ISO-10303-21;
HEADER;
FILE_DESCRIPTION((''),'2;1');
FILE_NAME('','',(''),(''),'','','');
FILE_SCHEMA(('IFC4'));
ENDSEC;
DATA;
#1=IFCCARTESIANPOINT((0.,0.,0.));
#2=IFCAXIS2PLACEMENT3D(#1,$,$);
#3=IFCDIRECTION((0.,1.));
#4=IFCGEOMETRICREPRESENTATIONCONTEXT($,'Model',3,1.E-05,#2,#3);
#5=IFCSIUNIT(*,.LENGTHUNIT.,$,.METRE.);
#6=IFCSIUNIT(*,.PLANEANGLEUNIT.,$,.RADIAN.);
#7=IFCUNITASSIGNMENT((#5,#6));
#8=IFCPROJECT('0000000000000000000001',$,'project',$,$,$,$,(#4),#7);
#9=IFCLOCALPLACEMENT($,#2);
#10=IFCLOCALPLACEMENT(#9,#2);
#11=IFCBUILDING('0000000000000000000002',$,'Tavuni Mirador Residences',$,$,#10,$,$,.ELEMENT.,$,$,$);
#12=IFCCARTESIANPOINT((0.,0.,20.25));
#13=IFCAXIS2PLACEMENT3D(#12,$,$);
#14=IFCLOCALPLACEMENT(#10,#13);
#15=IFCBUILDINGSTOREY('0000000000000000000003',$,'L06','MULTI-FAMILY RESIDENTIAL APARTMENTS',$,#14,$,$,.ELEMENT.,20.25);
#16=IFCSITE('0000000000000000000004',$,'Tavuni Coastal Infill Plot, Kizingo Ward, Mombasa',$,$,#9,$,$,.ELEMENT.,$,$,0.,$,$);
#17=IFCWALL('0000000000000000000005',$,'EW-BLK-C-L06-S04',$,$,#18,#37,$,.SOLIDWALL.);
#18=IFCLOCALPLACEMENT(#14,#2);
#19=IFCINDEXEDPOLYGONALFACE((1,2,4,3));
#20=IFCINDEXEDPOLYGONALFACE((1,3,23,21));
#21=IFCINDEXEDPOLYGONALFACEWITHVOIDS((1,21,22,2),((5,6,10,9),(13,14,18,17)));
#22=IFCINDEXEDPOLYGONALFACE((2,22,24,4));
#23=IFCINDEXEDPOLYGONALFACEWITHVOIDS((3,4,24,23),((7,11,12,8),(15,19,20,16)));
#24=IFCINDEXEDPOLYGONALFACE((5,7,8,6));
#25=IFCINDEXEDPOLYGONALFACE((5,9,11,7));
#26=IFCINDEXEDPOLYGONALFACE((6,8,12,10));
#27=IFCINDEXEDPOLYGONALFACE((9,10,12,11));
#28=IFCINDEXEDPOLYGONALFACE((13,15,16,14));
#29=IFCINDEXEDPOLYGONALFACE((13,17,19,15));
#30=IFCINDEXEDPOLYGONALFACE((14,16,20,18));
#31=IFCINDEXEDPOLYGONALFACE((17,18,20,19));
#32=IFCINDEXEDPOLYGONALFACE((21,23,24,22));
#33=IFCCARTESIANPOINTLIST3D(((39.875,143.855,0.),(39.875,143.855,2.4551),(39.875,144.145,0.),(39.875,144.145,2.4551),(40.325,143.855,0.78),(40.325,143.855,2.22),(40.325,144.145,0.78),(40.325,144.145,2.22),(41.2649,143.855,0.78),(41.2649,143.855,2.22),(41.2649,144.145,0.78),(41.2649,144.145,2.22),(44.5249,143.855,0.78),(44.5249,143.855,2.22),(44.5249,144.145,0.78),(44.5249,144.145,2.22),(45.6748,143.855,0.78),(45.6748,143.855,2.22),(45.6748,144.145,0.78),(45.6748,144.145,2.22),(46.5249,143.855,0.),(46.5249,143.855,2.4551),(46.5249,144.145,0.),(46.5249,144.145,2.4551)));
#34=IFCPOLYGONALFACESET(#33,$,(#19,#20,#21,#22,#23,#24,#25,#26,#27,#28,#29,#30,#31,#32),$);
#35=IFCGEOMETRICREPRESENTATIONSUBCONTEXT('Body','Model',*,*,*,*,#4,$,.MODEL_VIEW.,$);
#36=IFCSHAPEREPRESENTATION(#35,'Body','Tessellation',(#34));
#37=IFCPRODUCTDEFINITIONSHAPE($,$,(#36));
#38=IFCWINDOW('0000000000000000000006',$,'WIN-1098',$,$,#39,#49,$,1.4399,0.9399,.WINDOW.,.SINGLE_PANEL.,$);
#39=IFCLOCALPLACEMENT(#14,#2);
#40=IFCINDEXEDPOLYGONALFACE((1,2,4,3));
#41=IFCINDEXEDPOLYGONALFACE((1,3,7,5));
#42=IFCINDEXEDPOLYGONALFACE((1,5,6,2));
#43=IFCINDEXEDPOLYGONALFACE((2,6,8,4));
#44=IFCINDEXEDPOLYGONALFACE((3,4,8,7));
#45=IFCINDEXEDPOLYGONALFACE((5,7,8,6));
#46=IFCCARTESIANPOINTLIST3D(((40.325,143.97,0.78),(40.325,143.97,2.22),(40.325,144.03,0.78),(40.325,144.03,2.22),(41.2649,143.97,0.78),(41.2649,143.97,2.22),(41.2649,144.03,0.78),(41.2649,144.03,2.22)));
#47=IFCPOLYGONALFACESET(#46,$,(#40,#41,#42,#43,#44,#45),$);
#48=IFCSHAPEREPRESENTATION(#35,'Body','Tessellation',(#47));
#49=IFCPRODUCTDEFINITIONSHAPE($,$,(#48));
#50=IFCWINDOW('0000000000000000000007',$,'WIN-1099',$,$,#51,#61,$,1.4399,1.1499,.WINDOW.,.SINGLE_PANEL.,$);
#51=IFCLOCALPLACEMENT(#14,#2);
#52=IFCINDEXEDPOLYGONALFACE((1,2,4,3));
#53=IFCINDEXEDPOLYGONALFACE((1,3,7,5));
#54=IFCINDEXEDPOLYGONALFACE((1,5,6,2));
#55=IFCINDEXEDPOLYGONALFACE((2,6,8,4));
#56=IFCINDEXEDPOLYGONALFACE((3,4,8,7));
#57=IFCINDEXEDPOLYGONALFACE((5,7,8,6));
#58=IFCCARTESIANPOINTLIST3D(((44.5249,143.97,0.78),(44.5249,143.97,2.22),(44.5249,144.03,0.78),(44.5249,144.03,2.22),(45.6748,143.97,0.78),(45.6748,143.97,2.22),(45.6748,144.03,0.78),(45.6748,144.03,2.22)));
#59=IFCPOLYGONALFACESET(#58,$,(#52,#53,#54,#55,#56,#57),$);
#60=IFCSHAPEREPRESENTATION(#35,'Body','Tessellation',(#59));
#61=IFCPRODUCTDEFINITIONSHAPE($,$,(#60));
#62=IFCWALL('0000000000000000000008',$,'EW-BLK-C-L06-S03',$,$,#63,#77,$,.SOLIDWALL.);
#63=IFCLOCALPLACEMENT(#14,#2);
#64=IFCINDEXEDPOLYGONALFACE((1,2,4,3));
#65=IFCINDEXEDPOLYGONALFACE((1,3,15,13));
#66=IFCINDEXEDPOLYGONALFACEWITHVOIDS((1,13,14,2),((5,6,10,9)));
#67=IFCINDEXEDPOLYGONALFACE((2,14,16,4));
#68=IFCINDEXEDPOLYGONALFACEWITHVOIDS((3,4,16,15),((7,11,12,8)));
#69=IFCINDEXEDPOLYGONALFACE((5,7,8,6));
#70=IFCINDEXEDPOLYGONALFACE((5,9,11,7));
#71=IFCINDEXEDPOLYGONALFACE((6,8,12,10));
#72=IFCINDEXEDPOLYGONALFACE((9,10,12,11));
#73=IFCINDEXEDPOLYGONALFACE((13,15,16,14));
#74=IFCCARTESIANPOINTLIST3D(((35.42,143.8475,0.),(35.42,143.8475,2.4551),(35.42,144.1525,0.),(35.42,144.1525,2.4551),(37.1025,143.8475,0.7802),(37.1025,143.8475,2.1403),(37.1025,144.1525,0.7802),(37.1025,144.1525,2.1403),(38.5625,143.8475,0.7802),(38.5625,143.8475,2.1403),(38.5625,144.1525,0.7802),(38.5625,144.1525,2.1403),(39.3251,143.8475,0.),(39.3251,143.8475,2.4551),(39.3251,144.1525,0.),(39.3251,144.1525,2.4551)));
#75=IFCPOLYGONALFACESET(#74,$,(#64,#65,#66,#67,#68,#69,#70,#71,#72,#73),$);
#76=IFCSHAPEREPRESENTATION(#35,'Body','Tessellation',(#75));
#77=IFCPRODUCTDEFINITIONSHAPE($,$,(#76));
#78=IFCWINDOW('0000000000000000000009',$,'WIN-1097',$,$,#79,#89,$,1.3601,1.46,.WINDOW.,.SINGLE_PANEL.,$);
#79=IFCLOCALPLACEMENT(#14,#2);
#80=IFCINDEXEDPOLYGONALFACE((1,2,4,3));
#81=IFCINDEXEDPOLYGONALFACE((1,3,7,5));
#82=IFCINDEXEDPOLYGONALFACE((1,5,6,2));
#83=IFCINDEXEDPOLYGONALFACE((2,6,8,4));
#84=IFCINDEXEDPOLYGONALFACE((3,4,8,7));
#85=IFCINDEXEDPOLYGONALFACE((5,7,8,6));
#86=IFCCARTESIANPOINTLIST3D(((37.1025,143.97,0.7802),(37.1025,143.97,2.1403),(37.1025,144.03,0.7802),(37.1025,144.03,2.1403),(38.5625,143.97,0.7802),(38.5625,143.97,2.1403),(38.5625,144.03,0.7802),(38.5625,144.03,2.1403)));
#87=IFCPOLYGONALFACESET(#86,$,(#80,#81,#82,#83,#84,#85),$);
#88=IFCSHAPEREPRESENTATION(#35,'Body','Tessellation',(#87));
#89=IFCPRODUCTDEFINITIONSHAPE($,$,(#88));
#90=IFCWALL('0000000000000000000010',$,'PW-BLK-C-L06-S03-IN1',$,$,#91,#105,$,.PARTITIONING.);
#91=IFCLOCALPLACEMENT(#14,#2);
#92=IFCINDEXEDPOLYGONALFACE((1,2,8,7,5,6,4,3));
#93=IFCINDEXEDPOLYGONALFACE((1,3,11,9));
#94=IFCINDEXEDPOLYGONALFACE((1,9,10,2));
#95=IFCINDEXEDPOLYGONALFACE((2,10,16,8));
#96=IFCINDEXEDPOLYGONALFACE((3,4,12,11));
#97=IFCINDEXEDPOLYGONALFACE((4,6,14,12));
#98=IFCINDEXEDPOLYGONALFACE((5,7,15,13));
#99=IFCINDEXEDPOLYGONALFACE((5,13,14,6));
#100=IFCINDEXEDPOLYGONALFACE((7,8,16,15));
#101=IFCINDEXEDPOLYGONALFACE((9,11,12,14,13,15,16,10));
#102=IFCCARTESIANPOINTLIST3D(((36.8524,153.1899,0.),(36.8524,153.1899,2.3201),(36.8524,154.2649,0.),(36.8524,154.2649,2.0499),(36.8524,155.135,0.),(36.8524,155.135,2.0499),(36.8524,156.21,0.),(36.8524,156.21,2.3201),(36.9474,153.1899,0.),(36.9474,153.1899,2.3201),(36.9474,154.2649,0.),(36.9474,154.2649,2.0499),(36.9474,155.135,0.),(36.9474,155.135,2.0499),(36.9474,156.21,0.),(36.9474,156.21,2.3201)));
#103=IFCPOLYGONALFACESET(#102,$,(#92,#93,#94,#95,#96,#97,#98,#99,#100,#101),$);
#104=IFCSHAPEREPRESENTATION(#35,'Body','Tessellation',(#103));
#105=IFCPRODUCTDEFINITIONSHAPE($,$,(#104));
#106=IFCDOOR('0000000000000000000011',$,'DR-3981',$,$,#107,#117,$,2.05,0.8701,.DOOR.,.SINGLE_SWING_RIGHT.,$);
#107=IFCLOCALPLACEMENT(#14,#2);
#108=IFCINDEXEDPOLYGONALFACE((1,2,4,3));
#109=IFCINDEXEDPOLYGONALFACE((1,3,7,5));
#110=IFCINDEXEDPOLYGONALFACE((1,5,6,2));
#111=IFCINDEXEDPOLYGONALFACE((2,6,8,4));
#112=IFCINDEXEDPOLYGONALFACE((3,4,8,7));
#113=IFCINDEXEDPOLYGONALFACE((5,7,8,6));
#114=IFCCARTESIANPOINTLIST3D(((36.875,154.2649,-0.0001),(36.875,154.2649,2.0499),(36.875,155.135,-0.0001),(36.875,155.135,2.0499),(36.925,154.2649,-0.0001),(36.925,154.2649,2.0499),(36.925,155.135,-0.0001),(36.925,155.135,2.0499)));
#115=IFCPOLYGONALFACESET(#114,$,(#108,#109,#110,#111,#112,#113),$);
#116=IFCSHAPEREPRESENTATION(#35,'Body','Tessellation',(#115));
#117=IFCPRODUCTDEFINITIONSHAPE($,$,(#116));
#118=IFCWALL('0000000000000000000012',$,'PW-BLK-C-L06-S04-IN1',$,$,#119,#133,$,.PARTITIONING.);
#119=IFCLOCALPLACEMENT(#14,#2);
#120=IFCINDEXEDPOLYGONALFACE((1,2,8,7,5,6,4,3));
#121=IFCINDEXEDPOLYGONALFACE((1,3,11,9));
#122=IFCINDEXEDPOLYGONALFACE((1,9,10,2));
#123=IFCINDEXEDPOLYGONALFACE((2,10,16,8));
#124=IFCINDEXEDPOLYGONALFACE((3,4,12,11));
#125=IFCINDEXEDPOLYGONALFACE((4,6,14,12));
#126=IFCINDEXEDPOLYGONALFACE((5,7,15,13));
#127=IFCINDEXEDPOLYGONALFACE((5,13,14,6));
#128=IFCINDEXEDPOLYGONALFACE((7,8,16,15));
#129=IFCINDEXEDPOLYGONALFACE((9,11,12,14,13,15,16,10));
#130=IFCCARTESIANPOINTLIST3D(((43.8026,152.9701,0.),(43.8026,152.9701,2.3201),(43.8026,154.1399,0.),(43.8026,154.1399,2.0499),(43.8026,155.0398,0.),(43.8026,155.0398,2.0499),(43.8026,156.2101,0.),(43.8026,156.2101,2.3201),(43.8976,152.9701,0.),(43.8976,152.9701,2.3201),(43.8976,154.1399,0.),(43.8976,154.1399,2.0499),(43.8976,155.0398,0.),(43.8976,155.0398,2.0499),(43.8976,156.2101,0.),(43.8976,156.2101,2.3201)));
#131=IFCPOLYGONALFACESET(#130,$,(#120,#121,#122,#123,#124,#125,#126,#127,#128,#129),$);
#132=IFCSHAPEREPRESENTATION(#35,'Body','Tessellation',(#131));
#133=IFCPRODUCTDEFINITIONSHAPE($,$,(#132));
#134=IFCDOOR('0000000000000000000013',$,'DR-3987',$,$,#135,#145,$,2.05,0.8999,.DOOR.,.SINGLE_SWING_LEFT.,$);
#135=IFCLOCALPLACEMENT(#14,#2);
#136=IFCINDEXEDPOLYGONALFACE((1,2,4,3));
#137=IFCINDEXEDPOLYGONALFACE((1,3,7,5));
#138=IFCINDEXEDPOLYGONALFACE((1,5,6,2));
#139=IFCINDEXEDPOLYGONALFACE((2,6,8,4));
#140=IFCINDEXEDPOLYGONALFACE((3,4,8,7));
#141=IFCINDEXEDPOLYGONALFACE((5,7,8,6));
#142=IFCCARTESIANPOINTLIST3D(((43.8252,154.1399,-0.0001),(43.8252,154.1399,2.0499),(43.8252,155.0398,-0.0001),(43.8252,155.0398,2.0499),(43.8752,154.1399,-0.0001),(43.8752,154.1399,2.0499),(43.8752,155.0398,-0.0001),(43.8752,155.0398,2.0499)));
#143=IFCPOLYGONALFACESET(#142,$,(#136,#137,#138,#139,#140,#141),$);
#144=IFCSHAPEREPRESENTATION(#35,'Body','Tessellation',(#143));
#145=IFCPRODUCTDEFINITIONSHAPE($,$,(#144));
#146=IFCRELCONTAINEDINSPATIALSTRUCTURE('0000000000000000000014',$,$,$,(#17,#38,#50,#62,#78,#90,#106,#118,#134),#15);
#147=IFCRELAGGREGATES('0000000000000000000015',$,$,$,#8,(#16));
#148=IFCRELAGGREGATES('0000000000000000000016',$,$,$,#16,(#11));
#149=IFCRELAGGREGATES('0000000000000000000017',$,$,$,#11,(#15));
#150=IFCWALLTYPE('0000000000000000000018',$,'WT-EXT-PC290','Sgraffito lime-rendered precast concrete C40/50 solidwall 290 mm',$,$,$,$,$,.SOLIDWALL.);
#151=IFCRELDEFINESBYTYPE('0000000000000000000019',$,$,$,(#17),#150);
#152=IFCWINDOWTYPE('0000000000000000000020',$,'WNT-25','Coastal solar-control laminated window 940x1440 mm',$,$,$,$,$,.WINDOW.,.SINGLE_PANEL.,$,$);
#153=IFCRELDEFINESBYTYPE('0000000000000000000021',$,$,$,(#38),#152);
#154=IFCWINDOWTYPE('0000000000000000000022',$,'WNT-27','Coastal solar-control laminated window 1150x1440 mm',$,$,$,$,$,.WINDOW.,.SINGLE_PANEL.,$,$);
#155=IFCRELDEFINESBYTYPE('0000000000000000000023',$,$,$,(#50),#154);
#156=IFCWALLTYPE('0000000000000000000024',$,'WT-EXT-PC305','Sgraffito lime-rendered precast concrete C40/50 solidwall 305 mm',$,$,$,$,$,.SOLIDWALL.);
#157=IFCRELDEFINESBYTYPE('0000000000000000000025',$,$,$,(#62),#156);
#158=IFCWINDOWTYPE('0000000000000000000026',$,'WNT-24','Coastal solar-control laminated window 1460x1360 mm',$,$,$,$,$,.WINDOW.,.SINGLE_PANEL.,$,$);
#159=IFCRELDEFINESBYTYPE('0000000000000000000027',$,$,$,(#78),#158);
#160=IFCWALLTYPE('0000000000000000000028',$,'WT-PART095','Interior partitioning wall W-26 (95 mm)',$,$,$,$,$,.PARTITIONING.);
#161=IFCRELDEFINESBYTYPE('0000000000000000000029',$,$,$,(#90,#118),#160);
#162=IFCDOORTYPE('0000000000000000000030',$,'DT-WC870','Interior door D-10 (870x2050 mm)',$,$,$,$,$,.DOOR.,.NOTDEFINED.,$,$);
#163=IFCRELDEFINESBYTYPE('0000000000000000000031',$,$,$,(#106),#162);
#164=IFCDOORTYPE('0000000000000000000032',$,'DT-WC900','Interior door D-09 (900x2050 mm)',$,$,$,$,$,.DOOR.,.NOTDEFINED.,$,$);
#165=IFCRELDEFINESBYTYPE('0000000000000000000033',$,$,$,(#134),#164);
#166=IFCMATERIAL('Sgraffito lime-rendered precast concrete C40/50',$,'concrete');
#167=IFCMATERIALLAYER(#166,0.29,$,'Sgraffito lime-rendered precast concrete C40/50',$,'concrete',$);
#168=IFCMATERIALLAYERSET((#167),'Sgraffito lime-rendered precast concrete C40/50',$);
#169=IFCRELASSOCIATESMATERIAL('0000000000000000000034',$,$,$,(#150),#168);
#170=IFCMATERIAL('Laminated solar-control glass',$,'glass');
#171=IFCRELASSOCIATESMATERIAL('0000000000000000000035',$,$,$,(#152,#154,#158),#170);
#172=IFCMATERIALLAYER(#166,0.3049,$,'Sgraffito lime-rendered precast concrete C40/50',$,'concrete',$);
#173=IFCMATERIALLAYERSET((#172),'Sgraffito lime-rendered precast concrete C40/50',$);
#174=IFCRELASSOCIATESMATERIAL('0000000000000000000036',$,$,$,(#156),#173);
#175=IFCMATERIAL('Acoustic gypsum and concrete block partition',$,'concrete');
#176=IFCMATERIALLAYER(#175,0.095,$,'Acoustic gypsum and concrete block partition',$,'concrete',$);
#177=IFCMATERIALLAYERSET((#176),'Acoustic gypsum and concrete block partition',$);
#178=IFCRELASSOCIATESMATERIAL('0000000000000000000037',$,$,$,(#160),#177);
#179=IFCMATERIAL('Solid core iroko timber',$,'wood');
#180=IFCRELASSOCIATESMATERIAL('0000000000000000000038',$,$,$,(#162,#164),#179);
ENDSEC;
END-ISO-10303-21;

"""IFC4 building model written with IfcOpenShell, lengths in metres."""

from ifc_helpers import new_model, si_unit, direction, frame, frame_2d, origin, place, context, subcontext, project, spatial, rectangle, extrude, material, layer, layer_set, type_object, element, fill, save


model = new_model("IFC4")

# Units and contexts
model_context = context("Model", 3, precision=1e-05, world=origin(), true_north=direction((0.0, 1.0)))
body_context = subcontext(model_context, "Body", "Model", "MODEL_VIEW")
ifc_project = project(units=[si_unit("LENGTHUNIT", "METRE"), si_unit("PLANEANGLEUNIT", "RADIAN")], contexts=[model_context])

# Site, building, storey
site_placement = place(None, origin())
site = spatial("IfcSite", under=ifc_project, at=site_placement, Name="Tavuni Coastal Infill Plot, Kizingo Ward, Mombasa", CompositionType="ELEMENT", RefElevation=0.0)
building_placement = place(site_placement, origin())
building = spatial("IfcBuilding", under=site, at=building_placement, Name="Tavuni Mirador Residences", CompositionType="ELEMENT")
storey_placement = place(building_placement, frame((0.0, 0.0, 20.25)))
storey = spatial("IfcBuildingStorey", under=building, at=storey_placement, Name="L06", Description="MULTI-FAMILY RESIDENTIAL APARTMENTS", CompositionType="ELEMENT", Elevation=20.25)

# Shared definitions
ifc_material_1 = material(Name="Laminated solar-control glass", Category="glass")

# Wall, openings, windows
ifc_material_2 = material(Name="Sgraffito lime-rendered precast concrete C40/50", Category="concrete")
ifc_layer_1 = layer(ifc_material_2, 0.29, Name="Sgraffito lime-rendered precast concrete C40/50", Category="concrete")
ifc_layer_set_1 = layer_set([ifc_layer_1], Name="Sgraffito lime-rendered precast concrete C40/50")
wall_type_1 = type_object("IfcWallType", Name="WT-EXT-PC290", Description="Sgraffito lime-rendered precast concrete C40/50 solidwall 290 mm", PredefinedType="SOLIDWALL", material=ifc_layer_set_1)
wall_1_placement = place(storey_placement, frame((39.875, 144.0, 0.0), z_axis=(0.0, 0.0, 1.0), x_axis=(1.0, 0.0, 0.0)))
wall_1 = element("IfcWall", 1, at=wall_1_placement, inside=storey, type_object=wall_type_1, Name="EW-BLK-C-L06-S04", PredefinedType="SOLIDWALL", context=body_context, shape_type="SweptSolid", body=[
    extrude(rectangle(XDim=6.6499, YDim=0.29, at=frame_2d((3.325, 0.0))), origin(), (0.0, 0.0, 1.0), 2.4551),
])
opening_1_placement = place(wall_1_placement, frame((0.45, 0.0, 0.78)))
opening_1 = element("IfcOpeningElement", 2, at=opening_1_placement, cuts=wall_1, PredefinedType="OPENING", context=body_context, shape_type="SweptSolid", body=[
    extrude(rectangle(XDim=0.9399, YDim=1.4399, at=frame_2d((0.47, 0.72))), frame((0.0, 0.155, 0.0), z_axis=(0.0, -1.0, 0.0), x_axis=(1.0, 0.0, 0.0)), (0.0, 0.0, 1.0), 0.3101),
])
opening_2_placement = place(wall_1_placement, frame((4.6499, 0.0, 0.78)))
opening_2 = element("IfcOpeningElement", 3, at=opening_2_placement, cuts=wall_1, PredefinedType="OPENING", context=body_context, shape_type="SweptSolid", body=[
    extrude(rectangle(XDim=1.1499, YDim=1.4399, at=frame_2d((0.575, 0.72))), frame((0.0, 0.155, 0.0), z_axis=(0.0, -1.0, 0.0), x_axis=(1.0, 0.0, 0.0)), (0.0, 0.0, 1.0), 0.3101),
])
window_type_1 = type_object("IfcWindowType", Name="WNT-25", Description="Coastal solar-control laminated window 940x1440 mm", PartitioningType="SINGLE_PANEL", PredefinedType="WINDOW", material=ifc_material_1)
window_1_placement = place(opening_1_placement, origin())
window_1 = element("IfcWindow", 4, at=window_1_placement, inside=storey, type_object=window_type_1, Name="WIN-1098", OverallHeight=1.4399, OverallWidth=0.9399, PartitioningType="SINGLE_PANEL", PredefinedType="WINDOW", context=body_context, shape_type="SweptSolid", body=[
    extrude(rectangle(XDim=0.9399, YDim=1.4399, at=frame_2d((0.47, 0.72))), frame((0.0, 0.03, 0.0), z_axis=(0.0, -1.0, 0.0), x_axis=(1.0, 0.0, 0.0)), (0.0, 0.0, 1.0), 0.0601),
])
fill(opening_1, window_1)
window_type_2 = type_object("IfcWindowType", Name="WNT-27", Description="Coastal solar-control laminated window 1150x1440 mm", PartitioningType="SINGLE_PANEL", PredefinedType="WINDOW", material=ifc_material_1)
window_2_placement = place(opening_2_placement, origin())
window_2 = element("IfcWindow", 5, at=window_2_placement, inside=storey, type_object=window_type_2, Name="WIN-1099", OverallHeight=1.4399, OverallWidth=1.1499, PartitioningType="SINGLE_PANEL", PredefinedType="WINDOW", context=body_context, shape_type="SweptSolid", body=[
    extrude(rectangle(XDim=1.1499, YDim=1.4399, at=frame_2d((0.575, 0.72))), frame((0.0, 0.03, 0.0), z_axis=(0.0, -1.0, 0.0), x_axis=(1.0, 0.0, 0.0)), (0.0, 0.0, 1.0), 0.0601),
])
fill(opening_2, window_2)

# Wall, opening, window
ifc_layer_2 = layer(ifc_material_2, 0.3049, Name="Sgraffito lime-rendered precast concrete C40/50", Category="concrete")
ifc_layer_set_2 = layer_set([ifc_layer_2], Name="Sgraffito lime-rendered precast concrete C40/50")
wall_type_2 = type_object("IfcWallType", Name="WT-EXT-PC305", Description="Sgraffito lime-rendered precast concrete C40/50 solidwall 305 mm", PredefinedType="SOLIDWALL", material=ifc_layer_set_2)
wall_2_placement = place(storey_placement, frame((35.4199, 144.0, 0.0), z_axis=(0.0, 0.0, 1.0), x_axis=(1.0, 0.0, 0.0)))
wall_2 = element("IfcWall", 6, at=wall_2_placement, inside=storey, type_object=wall_type_2, Name="EW-BLK-C-L06-S03", PredefinedType="SOLIDWALL", context=body_context, shape_type="SweptSolid", body=[
    extrude(rectangle(XDim=3.905, YDim=0.3049, at=frame_2d((1.9526, 0.0))), origin(), (0.0, 0.0, 1.0), 2.4551),
])
opening_3_placement = place(wall_2_placement, frame((1.6826, 0.0, 0.78)))
opening_3 = element("IfcOpeningElement", 7, at=opening_3_placement, cuts=wall_2, PredefinedType="OPENING", context=body_context, shape_type="SweptSolid", body=[
    extrude(rectangle(XDim=1.46, YDim=1.3601, at=frame_2d((0.73, 0.6802))), frame((0.0, 0.1626, 0.0), z_axis=(0.0, -1.0, 0.0), x_axis=(1.0, 0.0, 0.0)), (0.0, 0.0, 1.0), 0.325),
])
window_type_3 = type_object("IfcWindowType", Name="WNT-24", Description="Coastal solar-control laminated window 1460x1360 mm", PartitioningType="SINGLE_PANEL", PredefinedType="WINDOW", material=ifc_material_1)
window_3_placement = place(opening_3_placement, origin())
window_3 = element("IfcWindow", 8, at=window_3_placement, inside=storey, type_object=window_type_3, Name="WIN-1097", OverallHeight=1.3601, OverallWidth=1.46, PartitioningType="SINGLE_PANEL", PredefinedType="WINDOW", context=body_context, shape_type="SweptSolid", body=[
    extrude(rectangle(XDim=1.46, YDim=1.3601, at=frame_2d((0.73, 0.6802))), frame((0.0, 0.03, 0.0), z_axis=(0.0, -1.0, 0.0), x_axis=(1.0, 0.0, 0.0)), (0.0, 0.0, 1.0), 0.0601),
])
fill(opening_3, window_3)

# Walls, openings, doors
ifc_material_3 = material(Name="Acoustic gypsum and concrete block partition", Category="concrete")
ifc_layer_3 = layer(ifc_material_3, 0.095, Name="Acoustic gypsum and concrete block partition", Category="concrete")
ifc_layer_set_3 = layer_set([ifc_layer_3], Name="Acoustic gypsum and concrete block partition")
wall_type_3 = type_object("IfcWallType", Name="WT-PART095", Description="Interior partitioning wall W-26 (95 mm)", PredefinedType="PARTITIONING", material=ifc_layer_set_3)
wall_3_placement = place(storey_placement, frame((36.8999, 153.1899, 0.0), z_axis=(0.0, 0.0, 1.0), x_axis=(0.0, 1.0, 0.0)))
wall_3 = element("IfcWall", 9, at=wall_3_placement, inside=storey, type_object=wall_type_3, Name="PW-BLK-C-L06-S03-IN1", PredefinedType="PARTITIONING", context=body_context, shape_type="SweptSolid", body=[
    extrude(rectangle(XDim=3.02, YDim=0.095, at=frame_2d((1.51, 0.0))), origin(), (0.0, 0.0, 1.0), 2.3201),
])
opening_4_placement = place(wall_3_placement, frame((1.075, 0.0, 0.0)))
opening_4 = element("IfcOpeningElement", 10, at=opening_4_placement, cuts=wall_3, PredefinedType="OPENING", context=body_context, shape_type="SweptSolid", body=[
    extrude(rectangle(XDim=0.8701, YDim=2.05, at=frame_2d((0.4351, 1.0249))), frame((0.0, 0.0576, 0.0), z_axis=(0.0, -1.0, 0.0), x_axis=(1.0, 0.0, 0.0)), (0.0, 0.0, 1.0), 0.115),
])
ifc_material_4 = material(Name="Solid core iroko timber", Category="wood")
door_type_1 = type_object("IfcDoorType", Name="DT-WC870", Description="Interior door D-10 (870x2050 mm)", OperationType="NOTDEFINED", PredefinedType="DOOR", material=ifc_material_4)
door_1_placement = place(opening_4_placement, origin())
door_1 = element("IfcDoor", 11, at=door_1_placement, inside=storey, type_object=door_type_1, Name="DR-3981", OperationType="SINGLE_SWING_RIGHT", OverallHeight=2.05, OverallWidth=0.8701, PredefinedType="DOOR", context=body_context, shape_type="SweptSolid", body=[
    extrude(rectangle(XDim=0.8701, YDim=2.05, at=frame_2d((0.4351, 1.0249))), frame((0.0, 0.0249, 0.0), z_axis=(0.0, -1.0, 0.0), x_axis=(1.0, 0.0, 0.0)), (0.0, 0.0, 1.0), 0.05),
])
fill(opening_4, door_1)
wall_4_placement = place(storey_placement, frame((43.8501, 152.97, 0.0), z_axis=(0.0, 0.0, 1.0), x_axis=(0.0, 1.0, 0.0)))
wall_4 = element("IfcWall", 12, at=wall_4_placement, inside=storey, type_object=wall_type_3, Name="PW-BLK-C-L06-S04-IN1", PredefinedType="PARTITIONING", context=body_context, shape_type="SweptSolid", body=[
    extrude(rectangle(XDim=3.24, YDim=0.095, at=frame_2d((1.6201, 0.0))), origin(), (0.0, 0.0, 1.0), 2.3201),
])
opening_5_placement = place(wall_4_placement, frame((1.1699, 0.0, 0.0)))
opening_5 = element("IfcOpeningElement", 13, at=opening_5_placement, cuts=wall_4, PredefinedType="OPENING", context=body_context, shape_type="SweptSolid", body=[
    extrude(rectangle(XDim=0.8999, YDim=2.05, at=frame_2d((0.45, 1.0249))), frame((0.0, 0.0576, 0.0), z_axis=(0.0, -1.0, 0.0), x_axis=(1.0, 0.0, 0.0)), (0.0, 0.0, 1.0), 0.115),
])
door_type_2 = type_object("IfcDoorType", Name="DT-WC900", Description="Interior door D-09 (900x2050 mm)", OperationType="NOTDEFINED", PredefinedType="DOOR", material=ifc_material_4)
door_2_placement = place(opening_5_placement, origin())
door_2 = element("IfcDoor", 14, at=door_2_placement, inside=storey, type_object=door_type_2, Name="DR-3987", OperationType="SINGLE_SWING_LEFT", OverallHeight=2.05, OverallWidth=0.8999, PredefinedType="DOOR", context=body_context, shape_type="SweptSolid", body=[
    extrude(rectangle(XDim=0.8999, YDim=2.05, at=frame_2d((0.45, 1.0249))), frame((0.0, 0.0249, 0.0), z_axis=(0.0, -1.0, 0.0), x_axis=(1.0, 0.0, 0.0)), (0.0, 0.0, 1.0), 0.05),
])
fill(opening_5, door_2)

save(model, "model.ifc")
